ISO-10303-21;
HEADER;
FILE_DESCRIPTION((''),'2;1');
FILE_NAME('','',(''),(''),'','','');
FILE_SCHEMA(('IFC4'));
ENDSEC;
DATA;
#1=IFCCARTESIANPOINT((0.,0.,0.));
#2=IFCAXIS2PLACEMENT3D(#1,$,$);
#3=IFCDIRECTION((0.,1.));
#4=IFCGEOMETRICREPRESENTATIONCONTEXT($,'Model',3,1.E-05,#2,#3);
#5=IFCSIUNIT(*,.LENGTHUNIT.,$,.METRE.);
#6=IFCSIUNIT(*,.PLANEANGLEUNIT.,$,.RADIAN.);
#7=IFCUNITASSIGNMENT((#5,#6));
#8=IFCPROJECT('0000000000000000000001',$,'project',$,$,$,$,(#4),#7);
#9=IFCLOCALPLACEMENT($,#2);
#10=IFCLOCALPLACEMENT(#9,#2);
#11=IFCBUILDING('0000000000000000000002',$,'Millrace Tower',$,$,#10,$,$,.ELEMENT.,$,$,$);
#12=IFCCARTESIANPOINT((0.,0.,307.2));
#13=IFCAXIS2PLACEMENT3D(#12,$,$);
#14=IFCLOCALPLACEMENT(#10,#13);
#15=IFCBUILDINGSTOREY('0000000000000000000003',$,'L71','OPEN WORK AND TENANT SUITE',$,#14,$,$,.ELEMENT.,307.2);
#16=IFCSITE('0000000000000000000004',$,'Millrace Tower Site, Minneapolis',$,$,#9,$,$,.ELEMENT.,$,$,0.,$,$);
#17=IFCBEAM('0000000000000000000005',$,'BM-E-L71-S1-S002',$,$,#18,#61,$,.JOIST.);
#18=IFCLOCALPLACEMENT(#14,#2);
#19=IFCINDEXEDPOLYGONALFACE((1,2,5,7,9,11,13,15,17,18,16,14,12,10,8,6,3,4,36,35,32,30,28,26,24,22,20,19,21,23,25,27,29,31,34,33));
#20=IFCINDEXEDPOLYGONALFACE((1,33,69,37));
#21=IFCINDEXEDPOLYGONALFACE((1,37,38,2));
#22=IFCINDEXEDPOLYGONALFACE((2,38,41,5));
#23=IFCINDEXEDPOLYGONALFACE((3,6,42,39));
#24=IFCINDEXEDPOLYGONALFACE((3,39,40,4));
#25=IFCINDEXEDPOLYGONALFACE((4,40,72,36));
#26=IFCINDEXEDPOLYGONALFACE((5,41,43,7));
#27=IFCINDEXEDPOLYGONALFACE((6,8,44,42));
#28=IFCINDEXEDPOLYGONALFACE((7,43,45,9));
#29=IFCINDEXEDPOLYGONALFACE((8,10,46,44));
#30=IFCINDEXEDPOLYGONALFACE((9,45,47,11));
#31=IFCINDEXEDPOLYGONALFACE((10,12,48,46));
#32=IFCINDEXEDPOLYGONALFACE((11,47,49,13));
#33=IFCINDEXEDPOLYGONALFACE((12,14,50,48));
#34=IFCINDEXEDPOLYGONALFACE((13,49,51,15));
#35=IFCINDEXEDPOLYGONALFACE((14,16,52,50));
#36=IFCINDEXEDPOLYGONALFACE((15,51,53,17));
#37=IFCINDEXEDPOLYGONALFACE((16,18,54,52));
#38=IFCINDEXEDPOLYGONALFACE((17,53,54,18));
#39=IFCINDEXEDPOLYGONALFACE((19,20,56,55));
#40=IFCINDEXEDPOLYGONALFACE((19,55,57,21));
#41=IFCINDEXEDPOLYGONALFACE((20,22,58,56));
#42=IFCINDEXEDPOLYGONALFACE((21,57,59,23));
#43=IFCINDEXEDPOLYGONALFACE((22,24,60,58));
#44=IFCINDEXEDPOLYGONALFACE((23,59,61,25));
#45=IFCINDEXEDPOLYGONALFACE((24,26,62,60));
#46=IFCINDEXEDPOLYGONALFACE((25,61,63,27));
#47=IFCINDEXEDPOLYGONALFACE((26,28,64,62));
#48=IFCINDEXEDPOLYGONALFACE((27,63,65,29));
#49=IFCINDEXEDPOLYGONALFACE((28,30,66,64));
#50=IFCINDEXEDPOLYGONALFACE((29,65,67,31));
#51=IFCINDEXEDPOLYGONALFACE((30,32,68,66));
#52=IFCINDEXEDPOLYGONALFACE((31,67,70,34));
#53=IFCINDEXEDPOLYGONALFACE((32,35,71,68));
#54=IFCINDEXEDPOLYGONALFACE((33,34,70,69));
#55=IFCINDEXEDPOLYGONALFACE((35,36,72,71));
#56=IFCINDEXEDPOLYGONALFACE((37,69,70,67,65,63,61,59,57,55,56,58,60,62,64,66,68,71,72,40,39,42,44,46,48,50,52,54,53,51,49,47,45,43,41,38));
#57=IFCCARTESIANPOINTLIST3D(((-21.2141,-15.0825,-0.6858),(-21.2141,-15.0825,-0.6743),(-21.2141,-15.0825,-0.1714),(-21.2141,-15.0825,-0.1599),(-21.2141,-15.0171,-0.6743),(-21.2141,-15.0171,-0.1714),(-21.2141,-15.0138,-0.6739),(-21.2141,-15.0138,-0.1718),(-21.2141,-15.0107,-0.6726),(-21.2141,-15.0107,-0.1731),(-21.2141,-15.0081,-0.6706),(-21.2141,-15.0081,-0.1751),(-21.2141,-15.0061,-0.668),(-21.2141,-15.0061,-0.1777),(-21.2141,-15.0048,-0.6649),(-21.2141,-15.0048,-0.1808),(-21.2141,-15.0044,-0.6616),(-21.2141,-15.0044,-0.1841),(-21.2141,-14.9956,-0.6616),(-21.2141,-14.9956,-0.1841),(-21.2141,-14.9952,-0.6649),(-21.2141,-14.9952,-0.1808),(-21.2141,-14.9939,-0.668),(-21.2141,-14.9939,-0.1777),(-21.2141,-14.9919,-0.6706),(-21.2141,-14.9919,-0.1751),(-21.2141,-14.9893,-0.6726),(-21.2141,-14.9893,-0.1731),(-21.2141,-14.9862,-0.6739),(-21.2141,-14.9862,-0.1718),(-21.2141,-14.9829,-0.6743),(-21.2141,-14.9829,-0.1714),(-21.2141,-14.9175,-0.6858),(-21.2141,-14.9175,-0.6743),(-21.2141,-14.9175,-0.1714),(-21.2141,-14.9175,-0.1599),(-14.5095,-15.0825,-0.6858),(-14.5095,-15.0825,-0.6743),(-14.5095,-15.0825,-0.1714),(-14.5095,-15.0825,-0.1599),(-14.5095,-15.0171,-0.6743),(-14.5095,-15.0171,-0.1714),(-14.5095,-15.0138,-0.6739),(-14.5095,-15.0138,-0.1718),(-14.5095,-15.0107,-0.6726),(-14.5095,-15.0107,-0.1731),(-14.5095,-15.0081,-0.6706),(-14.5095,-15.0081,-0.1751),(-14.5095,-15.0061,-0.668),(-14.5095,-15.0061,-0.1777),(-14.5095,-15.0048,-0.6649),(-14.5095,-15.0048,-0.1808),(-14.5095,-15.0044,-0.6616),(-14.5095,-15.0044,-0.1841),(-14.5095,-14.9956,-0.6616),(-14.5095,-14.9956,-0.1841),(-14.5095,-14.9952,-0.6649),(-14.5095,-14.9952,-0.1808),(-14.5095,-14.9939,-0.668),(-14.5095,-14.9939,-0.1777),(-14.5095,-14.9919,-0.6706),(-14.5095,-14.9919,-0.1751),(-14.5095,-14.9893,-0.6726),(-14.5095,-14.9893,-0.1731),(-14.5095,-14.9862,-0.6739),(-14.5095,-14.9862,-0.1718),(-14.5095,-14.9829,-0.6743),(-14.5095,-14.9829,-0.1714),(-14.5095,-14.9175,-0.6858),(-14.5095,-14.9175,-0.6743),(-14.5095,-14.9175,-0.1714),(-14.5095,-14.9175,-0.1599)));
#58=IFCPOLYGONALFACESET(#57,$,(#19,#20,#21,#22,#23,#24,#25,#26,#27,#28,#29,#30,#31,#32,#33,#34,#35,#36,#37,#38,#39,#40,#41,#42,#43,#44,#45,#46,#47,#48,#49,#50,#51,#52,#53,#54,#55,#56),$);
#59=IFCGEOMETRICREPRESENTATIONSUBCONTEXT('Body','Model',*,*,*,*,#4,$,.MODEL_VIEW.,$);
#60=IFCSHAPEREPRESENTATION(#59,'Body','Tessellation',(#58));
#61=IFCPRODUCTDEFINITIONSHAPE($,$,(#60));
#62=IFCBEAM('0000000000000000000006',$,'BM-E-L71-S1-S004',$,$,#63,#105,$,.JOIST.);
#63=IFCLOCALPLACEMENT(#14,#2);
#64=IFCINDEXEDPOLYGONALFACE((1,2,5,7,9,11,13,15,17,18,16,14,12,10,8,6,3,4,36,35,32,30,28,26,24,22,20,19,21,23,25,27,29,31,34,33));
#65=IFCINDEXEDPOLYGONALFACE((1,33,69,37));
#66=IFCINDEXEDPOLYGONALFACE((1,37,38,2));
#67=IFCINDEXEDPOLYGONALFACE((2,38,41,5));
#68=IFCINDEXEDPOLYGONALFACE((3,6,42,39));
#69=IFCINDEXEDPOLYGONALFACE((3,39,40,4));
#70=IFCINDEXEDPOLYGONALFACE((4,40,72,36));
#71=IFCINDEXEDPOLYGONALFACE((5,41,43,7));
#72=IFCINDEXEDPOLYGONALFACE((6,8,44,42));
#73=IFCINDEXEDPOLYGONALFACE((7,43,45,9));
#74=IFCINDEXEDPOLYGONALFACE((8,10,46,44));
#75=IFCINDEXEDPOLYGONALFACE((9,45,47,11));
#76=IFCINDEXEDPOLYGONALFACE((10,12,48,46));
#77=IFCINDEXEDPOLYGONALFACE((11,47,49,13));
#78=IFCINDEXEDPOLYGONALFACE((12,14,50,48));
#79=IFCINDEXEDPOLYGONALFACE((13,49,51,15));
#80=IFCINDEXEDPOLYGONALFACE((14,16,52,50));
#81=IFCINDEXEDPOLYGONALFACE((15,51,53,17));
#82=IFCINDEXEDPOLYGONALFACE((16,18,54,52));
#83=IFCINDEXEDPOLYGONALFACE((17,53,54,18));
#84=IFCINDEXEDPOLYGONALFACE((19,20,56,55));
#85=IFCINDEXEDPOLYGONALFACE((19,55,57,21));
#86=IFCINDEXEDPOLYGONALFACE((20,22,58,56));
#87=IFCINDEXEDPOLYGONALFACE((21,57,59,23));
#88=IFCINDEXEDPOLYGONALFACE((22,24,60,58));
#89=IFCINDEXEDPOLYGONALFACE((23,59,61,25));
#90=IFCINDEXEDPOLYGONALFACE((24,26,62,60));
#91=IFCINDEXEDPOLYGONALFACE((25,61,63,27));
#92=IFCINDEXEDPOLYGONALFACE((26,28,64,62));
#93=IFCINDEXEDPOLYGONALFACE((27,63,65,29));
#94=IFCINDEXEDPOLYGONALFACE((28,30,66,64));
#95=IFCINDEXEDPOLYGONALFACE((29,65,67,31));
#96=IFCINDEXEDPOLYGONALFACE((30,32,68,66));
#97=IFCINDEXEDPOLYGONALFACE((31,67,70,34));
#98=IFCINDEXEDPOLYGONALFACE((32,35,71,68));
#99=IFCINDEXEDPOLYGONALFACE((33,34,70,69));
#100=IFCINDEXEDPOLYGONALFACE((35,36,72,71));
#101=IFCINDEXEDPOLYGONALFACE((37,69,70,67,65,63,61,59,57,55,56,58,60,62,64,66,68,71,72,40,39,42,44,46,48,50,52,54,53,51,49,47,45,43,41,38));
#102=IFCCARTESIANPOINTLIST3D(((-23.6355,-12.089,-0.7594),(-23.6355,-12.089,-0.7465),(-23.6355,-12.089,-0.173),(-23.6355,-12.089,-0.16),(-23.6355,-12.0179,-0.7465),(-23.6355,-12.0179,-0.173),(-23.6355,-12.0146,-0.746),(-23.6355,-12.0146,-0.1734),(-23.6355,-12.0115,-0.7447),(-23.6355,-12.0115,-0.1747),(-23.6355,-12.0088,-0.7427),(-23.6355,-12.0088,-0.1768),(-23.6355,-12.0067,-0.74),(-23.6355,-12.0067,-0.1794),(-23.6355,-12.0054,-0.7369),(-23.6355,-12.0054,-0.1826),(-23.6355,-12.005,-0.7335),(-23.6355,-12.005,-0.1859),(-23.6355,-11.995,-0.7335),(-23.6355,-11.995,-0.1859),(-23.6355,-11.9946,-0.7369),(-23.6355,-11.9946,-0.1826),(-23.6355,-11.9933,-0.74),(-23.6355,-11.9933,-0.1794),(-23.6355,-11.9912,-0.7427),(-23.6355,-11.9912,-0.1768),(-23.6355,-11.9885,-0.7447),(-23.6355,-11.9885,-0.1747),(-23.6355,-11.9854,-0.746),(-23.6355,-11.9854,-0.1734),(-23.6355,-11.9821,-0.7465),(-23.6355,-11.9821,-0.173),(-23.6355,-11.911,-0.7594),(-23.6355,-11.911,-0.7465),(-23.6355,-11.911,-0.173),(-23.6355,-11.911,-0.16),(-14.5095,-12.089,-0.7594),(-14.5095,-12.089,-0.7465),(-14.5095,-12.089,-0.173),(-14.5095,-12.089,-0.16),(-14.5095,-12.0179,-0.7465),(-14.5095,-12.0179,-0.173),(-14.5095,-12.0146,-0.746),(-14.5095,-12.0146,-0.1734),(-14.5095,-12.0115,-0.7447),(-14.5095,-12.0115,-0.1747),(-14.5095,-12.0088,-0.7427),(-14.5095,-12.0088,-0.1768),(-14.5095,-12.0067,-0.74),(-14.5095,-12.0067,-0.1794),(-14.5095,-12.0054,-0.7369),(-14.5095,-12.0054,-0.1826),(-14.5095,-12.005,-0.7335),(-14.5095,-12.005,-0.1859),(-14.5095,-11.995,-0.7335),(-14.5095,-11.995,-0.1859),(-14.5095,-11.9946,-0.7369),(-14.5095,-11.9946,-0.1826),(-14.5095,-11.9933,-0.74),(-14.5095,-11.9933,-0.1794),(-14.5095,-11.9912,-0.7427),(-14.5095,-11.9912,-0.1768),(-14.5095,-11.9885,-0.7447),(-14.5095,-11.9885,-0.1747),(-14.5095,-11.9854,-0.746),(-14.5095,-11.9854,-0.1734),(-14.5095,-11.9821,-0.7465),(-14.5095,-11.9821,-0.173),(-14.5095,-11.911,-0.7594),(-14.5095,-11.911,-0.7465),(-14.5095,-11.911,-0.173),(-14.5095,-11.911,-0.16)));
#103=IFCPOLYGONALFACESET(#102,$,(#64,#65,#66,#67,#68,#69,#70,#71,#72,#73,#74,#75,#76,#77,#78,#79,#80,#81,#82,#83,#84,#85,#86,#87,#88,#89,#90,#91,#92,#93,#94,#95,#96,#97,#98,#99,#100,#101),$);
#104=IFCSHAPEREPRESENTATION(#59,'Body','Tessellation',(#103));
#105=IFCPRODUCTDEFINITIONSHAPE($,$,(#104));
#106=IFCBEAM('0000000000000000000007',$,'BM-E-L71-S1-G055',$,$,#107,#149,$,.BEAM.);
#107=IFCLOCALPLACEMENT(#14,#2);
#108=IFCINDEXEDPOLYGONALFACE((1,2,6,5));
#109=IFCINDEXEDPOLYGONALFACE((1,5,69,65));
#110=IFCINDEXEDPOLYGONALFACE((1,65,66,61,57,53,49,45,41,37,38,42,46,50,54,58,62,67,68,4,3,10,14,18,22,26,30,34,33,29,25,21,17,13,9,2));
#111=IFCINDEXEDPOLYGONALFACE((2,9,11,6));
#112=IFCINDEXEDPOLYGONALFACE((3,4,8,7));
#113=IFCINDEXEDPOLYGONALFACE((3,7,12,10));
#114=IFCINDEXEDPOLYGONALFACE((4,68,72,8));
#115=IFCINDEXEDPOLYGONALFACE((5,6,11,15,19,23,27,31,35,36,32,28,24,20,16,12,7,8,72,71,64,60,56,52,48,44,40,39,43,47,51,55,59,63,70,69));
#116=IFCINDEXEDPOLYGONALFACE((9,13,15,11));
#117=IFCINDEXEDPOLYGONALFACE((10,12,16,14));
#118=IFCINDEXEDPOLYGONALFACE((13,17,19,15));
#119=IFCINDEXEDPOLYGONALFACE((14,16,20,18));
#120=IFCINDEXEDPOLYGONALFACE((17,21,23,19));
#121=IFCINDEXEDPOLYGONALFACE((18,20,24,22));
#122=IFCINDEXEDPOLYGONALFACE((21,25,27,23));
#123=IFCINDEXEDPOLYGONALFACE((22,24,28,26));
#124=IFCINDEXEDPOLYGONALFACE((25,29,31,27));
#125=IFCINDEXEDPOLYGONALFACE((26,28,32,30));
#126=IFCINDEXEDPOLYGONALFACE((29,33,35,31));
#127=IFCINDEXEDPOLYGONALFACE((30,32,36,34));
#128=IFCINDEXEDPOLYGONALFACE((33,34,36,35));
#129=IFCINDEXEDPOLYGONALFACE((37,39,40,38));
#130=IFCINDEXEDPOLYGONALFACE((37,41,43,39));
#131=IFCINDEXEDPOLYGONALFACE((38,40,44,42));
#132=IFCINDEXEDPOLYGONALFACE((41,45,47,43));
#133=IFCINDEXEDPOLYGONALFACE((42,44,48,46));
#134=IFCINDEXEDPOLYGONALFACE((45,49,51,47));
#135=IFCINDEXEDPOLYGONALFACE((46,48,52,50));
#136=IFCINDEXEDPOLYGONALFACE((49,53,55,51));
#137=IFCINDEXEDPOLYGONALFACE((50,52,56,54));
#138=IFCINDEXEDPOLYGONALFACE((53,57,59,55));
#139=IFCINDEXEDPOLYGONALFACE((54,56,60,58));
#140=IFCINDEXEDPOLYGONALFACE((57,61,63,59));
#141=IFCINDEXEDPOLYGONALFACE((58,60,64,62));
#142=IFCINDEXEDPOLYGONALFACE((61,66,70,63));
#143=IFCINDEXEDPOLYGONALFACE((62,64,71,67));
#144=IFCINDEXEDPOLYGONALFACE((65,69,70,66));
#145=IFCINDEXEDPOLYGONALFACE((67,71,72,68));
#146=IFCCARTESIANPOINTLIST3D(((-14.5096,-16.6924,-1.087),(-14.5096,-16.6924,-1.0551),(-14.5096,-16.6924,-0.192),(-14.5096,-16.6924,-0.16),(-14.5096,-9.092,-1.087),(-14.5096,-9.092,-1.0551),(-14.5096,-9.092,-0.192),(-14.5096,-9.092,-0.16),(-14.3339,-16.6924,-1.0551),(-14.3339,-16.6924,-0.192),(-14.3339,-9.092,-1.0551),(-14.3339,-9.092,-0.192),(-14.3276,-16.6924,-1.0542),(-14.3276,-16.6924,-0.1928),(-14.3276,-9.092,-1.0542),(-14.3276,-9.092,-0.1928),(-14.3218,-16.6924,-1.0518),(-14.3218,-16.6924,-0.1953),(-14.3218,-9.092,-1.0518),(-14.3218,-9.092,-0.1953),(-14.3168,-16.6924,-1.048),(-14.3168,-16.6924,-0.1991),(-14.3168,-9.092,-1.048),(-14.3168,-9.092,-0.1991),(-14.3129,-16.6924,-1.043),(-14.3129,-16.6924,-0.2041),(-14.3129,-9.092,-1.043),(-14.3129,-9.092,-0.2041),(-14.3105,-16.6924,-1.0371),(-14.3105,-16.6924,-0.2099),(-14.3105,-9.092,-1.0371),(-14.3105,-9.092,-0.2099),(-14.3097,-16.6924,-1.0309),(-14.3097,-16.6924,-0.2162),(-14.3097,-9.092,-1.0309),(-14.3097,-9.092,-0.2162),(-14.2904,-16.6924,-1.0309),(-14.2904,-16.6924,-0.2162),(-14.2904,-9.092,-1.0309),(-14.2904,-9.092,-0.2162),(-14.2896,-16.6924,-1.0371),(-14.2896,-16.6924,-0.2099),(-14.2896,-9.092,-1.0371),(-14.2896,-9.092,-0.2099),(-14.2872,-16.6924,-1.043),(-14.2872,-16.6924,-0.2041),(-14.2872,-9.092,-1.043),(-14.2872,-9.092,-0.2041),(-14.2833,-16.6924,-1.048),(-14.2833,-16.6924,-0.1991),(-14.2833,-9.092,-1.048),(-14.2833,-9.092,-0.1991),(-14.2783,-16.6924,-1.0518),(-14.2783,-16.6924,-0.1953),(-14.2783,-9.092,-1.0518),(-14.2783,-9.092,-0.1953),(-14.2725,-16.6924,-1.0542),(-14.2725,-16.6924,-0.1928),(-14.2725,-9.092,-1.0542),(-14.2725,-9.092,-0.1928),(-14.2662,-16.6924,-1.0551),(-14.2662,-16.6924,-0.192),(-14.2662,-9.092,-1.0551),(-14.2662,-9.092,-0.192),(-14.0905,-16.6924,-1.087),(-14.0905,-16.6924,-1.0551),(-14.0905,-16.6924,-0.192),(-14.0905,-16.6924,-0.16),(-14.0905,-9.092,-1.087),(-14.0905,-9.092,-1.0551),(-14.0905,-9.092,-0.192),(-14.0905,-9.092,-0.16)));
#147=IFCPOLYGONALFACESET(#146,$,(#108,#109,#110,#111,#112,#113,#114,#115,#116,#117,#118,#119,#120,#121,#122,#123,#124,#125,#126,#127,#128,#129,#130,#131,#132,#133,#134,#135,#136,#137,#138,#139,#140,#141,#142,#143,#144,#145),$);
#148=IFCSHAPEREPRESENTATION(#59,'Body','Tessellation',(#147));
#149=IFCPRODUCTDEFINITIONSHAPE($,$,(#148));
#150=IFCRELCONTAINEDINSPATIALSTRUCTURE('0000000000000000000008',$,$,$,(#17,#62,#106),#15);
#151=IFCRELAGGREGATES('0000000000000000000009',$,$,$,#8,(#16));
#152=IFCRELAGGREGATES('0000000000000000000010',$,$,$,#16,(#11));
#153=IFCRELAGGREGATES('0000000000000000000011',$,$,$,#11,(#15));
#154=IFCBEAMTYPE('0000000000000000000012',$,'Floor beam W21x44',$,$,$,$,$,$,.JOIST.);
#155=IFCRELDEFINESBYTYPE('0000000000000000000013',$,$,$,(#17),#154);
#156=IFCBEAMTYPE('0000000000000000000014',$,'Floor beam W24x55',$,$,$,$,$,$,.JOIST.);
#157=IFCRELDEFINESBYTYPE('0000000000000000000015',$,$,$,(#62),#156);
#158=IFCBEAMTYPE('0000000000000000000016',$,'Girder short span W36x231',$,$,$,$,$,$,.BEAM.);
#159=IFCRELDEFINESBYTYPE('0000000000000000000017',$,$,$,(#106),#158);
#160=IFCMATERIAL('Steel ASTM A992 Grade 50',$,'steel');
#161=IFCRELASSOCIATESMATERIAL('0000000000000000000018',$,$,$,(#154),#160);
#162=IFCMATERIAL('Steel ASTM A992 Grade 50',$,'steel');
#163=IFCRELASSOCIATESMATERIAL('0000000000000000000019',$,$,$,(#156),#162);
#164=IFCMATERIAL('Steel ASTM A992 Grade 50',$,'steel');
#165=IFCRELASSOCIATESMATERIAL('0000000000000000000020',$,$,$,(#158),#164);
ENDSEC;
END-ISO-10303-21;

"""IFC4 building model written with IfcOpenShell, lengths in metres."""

from ifc_helpers import new_model, si_unit, direction, frame, origin, origin_2d, place, context, subcontext, project, spatial, i_section, extrude, material, material_profile, profile_set, type_object, element, save


model = new_model("IFC4")

# Units and contexts
model_context = context("Model", 3, precision=1e-05, world=origin(), true_north=direction((0.0, 1.0)))
body_context = subcontext(model_context, "Body", "Model", "MODEL_VIEW")
ifc_project = project(units=[si_unit("LENGTHUNIT", "METRE"), si_unit("PLANEANGLEUNIT", "RADIAN")], contexts=[model_context])

# Site, building, storey
site_placement = place(None, origin())
site = spatial("IfcSite", under=ifc_project, at=site_placement, Name="Millrace Tower Site, Minneapolis", CompositionType="ELEMENT", RefElevation=0.0)
building_placement = place(site_placement, origin())
building = spatial("IfcBuilding", under=site, at=building_placement, Name="Millrace Tower", CompositionType="ELEMENT")
storey_placement = place(building_placement, frame((0.0, 0.0, 307.2)))
storey = spatial("IfcBuildingStorey", under=building, at=storey_placement, Name="L71", Description="OPEN WORK AND TENANT SUITE", CompositionType="ELEMENT", Elevation=307.2)

# Beams
ifc_material_1 = material(Name="Steel ASTM A992 Grade 50", Category="steel")
ifc_material_profile_1 = material_profile(ifc_material_1, i_section(OverallWidth=0.165, OverallDepth=0.5259, WebThickness=0.0088, FlangeThickness=0.0115, FilletRadius=0.0127, at=origin_2d()))
ifc_profile_set_1 = profile_set([ifc_material_profile_1], Name="Steel ASTM A992 Grade 50")
beam_type_1 = type_object("IfcBeamType", Name="Floor beam W21x44", PredefinedType="JOIST", material=ifc_profile_set_1)
beam_1_placement = place(storey_placement, frame((-21.2141, -15.0, -0.4229), z_axis=(1.0, 0.0, 0.0), x_axis=(0.0, 1.0, 0.0)))
element("IfcBeam", 1, at=beam_1_placement, inside=storey, type_object=beam_type_1, Name="BM-E-L71-S1-S002", PredefinedType="JOIST", context=body_context, shape_type="SweptSolid", body=[
    extrude(i_section(OverallWidth=0.165, OverallDepth=0.5259, WebThickness=0.0088, FlangeThickness=0.0115, FilletRadius=0.0127, at=origin_2d()), origin(), (0.0, 0.0, 1.0), 6.7046),
])
ifc_material_2 = material(Name="Steel ASTM A992 Grade 50", Category="steel")
ifc_material_profile_2 = material_profile(ifc_material_2, i_section(OverallWidth=0.178, OverallDepth=0.5994, WebThickness=0.01, FlangeThickness=0.0129, FilletRadius=0.0129, at=origin_2d()))
ifc_profile_set_2 = profile_set([ifc_material_profile_2], Name="Steel ASTM A992 Grade 50")
beam_type_2 = type_object("IfcBeamType", Name="Floor beam W24x55", PredefinedType="JOIST", material=ifc_profile_set_2)
beam_2_placement = place(storey_placement, frame((-23.6355, -12.0, -0.4597), z_axis=(1.0, 0.0, 0.0), x_axis=(0.0, 1.0, 0.0)))
element("IfcBeam", 2, at=beam_2_placement, inside=storey, type_object=beam_type_2, Name="BM-E-L71-S1-S004", PredefinedType="JOIST", context=body_context, shape_type="SweptSolid", body=[
    extrude(i_section(OverallWidth=0.178, OverallDepth=0.5994, WebThickness=0.01, FlangeThickness=0.0129, FilletRadius=0.0129, at=origin_2d()), origin(), (0.0, 0.0, 1.0), 9.126),
])
ifc_material_3 = material(Name="Steel ASTM A992 Grade 50", Category="steel")
ifc_material_profile_3 = material_profile(ifc_material_3, i_section(OverallWidth=0.4192, OverallDepth=0.927, WebThickness=0.0193, FlangeThickness=0.032, FilletRadius=0.0242, at=origin_2d()))
ifc_profile_set_3 = profile_set([ifc_material_profile_3], Name="Steel ASTM A992 Grade 50")
beam_type_3 = type_object("IfcBeamType", Name="Girder short span W36x231", PredefinedType="BEAM", material=ifc_profile_set_3)
beam_3_placement = place(storey_placement, frame((-14.3, -16.6924, -0.6235), z_axis=(0.0, 1.0, 0.0), x_axis=(-1.0, 0.0, 0.0)))
element("IfcBeam", 3, at=beam_3_placement, inside=storey, type_object=beam_type_3, Name="BM-E-L71-S1-G055", PredefinedType="BEAM", context=body_context, shape_type="SweptSolid", body=[
    extrude(i_section(OverallWidth=0.4192, OverallDepth=0.927, WebThickness=0.0193, FlangeThickness=0.032, FilletRadius=0.0242, at=origin_2d()), origin(), (0.0, 0.0, 1.0), 7.6003),
])

save(model, "model.ifc")
